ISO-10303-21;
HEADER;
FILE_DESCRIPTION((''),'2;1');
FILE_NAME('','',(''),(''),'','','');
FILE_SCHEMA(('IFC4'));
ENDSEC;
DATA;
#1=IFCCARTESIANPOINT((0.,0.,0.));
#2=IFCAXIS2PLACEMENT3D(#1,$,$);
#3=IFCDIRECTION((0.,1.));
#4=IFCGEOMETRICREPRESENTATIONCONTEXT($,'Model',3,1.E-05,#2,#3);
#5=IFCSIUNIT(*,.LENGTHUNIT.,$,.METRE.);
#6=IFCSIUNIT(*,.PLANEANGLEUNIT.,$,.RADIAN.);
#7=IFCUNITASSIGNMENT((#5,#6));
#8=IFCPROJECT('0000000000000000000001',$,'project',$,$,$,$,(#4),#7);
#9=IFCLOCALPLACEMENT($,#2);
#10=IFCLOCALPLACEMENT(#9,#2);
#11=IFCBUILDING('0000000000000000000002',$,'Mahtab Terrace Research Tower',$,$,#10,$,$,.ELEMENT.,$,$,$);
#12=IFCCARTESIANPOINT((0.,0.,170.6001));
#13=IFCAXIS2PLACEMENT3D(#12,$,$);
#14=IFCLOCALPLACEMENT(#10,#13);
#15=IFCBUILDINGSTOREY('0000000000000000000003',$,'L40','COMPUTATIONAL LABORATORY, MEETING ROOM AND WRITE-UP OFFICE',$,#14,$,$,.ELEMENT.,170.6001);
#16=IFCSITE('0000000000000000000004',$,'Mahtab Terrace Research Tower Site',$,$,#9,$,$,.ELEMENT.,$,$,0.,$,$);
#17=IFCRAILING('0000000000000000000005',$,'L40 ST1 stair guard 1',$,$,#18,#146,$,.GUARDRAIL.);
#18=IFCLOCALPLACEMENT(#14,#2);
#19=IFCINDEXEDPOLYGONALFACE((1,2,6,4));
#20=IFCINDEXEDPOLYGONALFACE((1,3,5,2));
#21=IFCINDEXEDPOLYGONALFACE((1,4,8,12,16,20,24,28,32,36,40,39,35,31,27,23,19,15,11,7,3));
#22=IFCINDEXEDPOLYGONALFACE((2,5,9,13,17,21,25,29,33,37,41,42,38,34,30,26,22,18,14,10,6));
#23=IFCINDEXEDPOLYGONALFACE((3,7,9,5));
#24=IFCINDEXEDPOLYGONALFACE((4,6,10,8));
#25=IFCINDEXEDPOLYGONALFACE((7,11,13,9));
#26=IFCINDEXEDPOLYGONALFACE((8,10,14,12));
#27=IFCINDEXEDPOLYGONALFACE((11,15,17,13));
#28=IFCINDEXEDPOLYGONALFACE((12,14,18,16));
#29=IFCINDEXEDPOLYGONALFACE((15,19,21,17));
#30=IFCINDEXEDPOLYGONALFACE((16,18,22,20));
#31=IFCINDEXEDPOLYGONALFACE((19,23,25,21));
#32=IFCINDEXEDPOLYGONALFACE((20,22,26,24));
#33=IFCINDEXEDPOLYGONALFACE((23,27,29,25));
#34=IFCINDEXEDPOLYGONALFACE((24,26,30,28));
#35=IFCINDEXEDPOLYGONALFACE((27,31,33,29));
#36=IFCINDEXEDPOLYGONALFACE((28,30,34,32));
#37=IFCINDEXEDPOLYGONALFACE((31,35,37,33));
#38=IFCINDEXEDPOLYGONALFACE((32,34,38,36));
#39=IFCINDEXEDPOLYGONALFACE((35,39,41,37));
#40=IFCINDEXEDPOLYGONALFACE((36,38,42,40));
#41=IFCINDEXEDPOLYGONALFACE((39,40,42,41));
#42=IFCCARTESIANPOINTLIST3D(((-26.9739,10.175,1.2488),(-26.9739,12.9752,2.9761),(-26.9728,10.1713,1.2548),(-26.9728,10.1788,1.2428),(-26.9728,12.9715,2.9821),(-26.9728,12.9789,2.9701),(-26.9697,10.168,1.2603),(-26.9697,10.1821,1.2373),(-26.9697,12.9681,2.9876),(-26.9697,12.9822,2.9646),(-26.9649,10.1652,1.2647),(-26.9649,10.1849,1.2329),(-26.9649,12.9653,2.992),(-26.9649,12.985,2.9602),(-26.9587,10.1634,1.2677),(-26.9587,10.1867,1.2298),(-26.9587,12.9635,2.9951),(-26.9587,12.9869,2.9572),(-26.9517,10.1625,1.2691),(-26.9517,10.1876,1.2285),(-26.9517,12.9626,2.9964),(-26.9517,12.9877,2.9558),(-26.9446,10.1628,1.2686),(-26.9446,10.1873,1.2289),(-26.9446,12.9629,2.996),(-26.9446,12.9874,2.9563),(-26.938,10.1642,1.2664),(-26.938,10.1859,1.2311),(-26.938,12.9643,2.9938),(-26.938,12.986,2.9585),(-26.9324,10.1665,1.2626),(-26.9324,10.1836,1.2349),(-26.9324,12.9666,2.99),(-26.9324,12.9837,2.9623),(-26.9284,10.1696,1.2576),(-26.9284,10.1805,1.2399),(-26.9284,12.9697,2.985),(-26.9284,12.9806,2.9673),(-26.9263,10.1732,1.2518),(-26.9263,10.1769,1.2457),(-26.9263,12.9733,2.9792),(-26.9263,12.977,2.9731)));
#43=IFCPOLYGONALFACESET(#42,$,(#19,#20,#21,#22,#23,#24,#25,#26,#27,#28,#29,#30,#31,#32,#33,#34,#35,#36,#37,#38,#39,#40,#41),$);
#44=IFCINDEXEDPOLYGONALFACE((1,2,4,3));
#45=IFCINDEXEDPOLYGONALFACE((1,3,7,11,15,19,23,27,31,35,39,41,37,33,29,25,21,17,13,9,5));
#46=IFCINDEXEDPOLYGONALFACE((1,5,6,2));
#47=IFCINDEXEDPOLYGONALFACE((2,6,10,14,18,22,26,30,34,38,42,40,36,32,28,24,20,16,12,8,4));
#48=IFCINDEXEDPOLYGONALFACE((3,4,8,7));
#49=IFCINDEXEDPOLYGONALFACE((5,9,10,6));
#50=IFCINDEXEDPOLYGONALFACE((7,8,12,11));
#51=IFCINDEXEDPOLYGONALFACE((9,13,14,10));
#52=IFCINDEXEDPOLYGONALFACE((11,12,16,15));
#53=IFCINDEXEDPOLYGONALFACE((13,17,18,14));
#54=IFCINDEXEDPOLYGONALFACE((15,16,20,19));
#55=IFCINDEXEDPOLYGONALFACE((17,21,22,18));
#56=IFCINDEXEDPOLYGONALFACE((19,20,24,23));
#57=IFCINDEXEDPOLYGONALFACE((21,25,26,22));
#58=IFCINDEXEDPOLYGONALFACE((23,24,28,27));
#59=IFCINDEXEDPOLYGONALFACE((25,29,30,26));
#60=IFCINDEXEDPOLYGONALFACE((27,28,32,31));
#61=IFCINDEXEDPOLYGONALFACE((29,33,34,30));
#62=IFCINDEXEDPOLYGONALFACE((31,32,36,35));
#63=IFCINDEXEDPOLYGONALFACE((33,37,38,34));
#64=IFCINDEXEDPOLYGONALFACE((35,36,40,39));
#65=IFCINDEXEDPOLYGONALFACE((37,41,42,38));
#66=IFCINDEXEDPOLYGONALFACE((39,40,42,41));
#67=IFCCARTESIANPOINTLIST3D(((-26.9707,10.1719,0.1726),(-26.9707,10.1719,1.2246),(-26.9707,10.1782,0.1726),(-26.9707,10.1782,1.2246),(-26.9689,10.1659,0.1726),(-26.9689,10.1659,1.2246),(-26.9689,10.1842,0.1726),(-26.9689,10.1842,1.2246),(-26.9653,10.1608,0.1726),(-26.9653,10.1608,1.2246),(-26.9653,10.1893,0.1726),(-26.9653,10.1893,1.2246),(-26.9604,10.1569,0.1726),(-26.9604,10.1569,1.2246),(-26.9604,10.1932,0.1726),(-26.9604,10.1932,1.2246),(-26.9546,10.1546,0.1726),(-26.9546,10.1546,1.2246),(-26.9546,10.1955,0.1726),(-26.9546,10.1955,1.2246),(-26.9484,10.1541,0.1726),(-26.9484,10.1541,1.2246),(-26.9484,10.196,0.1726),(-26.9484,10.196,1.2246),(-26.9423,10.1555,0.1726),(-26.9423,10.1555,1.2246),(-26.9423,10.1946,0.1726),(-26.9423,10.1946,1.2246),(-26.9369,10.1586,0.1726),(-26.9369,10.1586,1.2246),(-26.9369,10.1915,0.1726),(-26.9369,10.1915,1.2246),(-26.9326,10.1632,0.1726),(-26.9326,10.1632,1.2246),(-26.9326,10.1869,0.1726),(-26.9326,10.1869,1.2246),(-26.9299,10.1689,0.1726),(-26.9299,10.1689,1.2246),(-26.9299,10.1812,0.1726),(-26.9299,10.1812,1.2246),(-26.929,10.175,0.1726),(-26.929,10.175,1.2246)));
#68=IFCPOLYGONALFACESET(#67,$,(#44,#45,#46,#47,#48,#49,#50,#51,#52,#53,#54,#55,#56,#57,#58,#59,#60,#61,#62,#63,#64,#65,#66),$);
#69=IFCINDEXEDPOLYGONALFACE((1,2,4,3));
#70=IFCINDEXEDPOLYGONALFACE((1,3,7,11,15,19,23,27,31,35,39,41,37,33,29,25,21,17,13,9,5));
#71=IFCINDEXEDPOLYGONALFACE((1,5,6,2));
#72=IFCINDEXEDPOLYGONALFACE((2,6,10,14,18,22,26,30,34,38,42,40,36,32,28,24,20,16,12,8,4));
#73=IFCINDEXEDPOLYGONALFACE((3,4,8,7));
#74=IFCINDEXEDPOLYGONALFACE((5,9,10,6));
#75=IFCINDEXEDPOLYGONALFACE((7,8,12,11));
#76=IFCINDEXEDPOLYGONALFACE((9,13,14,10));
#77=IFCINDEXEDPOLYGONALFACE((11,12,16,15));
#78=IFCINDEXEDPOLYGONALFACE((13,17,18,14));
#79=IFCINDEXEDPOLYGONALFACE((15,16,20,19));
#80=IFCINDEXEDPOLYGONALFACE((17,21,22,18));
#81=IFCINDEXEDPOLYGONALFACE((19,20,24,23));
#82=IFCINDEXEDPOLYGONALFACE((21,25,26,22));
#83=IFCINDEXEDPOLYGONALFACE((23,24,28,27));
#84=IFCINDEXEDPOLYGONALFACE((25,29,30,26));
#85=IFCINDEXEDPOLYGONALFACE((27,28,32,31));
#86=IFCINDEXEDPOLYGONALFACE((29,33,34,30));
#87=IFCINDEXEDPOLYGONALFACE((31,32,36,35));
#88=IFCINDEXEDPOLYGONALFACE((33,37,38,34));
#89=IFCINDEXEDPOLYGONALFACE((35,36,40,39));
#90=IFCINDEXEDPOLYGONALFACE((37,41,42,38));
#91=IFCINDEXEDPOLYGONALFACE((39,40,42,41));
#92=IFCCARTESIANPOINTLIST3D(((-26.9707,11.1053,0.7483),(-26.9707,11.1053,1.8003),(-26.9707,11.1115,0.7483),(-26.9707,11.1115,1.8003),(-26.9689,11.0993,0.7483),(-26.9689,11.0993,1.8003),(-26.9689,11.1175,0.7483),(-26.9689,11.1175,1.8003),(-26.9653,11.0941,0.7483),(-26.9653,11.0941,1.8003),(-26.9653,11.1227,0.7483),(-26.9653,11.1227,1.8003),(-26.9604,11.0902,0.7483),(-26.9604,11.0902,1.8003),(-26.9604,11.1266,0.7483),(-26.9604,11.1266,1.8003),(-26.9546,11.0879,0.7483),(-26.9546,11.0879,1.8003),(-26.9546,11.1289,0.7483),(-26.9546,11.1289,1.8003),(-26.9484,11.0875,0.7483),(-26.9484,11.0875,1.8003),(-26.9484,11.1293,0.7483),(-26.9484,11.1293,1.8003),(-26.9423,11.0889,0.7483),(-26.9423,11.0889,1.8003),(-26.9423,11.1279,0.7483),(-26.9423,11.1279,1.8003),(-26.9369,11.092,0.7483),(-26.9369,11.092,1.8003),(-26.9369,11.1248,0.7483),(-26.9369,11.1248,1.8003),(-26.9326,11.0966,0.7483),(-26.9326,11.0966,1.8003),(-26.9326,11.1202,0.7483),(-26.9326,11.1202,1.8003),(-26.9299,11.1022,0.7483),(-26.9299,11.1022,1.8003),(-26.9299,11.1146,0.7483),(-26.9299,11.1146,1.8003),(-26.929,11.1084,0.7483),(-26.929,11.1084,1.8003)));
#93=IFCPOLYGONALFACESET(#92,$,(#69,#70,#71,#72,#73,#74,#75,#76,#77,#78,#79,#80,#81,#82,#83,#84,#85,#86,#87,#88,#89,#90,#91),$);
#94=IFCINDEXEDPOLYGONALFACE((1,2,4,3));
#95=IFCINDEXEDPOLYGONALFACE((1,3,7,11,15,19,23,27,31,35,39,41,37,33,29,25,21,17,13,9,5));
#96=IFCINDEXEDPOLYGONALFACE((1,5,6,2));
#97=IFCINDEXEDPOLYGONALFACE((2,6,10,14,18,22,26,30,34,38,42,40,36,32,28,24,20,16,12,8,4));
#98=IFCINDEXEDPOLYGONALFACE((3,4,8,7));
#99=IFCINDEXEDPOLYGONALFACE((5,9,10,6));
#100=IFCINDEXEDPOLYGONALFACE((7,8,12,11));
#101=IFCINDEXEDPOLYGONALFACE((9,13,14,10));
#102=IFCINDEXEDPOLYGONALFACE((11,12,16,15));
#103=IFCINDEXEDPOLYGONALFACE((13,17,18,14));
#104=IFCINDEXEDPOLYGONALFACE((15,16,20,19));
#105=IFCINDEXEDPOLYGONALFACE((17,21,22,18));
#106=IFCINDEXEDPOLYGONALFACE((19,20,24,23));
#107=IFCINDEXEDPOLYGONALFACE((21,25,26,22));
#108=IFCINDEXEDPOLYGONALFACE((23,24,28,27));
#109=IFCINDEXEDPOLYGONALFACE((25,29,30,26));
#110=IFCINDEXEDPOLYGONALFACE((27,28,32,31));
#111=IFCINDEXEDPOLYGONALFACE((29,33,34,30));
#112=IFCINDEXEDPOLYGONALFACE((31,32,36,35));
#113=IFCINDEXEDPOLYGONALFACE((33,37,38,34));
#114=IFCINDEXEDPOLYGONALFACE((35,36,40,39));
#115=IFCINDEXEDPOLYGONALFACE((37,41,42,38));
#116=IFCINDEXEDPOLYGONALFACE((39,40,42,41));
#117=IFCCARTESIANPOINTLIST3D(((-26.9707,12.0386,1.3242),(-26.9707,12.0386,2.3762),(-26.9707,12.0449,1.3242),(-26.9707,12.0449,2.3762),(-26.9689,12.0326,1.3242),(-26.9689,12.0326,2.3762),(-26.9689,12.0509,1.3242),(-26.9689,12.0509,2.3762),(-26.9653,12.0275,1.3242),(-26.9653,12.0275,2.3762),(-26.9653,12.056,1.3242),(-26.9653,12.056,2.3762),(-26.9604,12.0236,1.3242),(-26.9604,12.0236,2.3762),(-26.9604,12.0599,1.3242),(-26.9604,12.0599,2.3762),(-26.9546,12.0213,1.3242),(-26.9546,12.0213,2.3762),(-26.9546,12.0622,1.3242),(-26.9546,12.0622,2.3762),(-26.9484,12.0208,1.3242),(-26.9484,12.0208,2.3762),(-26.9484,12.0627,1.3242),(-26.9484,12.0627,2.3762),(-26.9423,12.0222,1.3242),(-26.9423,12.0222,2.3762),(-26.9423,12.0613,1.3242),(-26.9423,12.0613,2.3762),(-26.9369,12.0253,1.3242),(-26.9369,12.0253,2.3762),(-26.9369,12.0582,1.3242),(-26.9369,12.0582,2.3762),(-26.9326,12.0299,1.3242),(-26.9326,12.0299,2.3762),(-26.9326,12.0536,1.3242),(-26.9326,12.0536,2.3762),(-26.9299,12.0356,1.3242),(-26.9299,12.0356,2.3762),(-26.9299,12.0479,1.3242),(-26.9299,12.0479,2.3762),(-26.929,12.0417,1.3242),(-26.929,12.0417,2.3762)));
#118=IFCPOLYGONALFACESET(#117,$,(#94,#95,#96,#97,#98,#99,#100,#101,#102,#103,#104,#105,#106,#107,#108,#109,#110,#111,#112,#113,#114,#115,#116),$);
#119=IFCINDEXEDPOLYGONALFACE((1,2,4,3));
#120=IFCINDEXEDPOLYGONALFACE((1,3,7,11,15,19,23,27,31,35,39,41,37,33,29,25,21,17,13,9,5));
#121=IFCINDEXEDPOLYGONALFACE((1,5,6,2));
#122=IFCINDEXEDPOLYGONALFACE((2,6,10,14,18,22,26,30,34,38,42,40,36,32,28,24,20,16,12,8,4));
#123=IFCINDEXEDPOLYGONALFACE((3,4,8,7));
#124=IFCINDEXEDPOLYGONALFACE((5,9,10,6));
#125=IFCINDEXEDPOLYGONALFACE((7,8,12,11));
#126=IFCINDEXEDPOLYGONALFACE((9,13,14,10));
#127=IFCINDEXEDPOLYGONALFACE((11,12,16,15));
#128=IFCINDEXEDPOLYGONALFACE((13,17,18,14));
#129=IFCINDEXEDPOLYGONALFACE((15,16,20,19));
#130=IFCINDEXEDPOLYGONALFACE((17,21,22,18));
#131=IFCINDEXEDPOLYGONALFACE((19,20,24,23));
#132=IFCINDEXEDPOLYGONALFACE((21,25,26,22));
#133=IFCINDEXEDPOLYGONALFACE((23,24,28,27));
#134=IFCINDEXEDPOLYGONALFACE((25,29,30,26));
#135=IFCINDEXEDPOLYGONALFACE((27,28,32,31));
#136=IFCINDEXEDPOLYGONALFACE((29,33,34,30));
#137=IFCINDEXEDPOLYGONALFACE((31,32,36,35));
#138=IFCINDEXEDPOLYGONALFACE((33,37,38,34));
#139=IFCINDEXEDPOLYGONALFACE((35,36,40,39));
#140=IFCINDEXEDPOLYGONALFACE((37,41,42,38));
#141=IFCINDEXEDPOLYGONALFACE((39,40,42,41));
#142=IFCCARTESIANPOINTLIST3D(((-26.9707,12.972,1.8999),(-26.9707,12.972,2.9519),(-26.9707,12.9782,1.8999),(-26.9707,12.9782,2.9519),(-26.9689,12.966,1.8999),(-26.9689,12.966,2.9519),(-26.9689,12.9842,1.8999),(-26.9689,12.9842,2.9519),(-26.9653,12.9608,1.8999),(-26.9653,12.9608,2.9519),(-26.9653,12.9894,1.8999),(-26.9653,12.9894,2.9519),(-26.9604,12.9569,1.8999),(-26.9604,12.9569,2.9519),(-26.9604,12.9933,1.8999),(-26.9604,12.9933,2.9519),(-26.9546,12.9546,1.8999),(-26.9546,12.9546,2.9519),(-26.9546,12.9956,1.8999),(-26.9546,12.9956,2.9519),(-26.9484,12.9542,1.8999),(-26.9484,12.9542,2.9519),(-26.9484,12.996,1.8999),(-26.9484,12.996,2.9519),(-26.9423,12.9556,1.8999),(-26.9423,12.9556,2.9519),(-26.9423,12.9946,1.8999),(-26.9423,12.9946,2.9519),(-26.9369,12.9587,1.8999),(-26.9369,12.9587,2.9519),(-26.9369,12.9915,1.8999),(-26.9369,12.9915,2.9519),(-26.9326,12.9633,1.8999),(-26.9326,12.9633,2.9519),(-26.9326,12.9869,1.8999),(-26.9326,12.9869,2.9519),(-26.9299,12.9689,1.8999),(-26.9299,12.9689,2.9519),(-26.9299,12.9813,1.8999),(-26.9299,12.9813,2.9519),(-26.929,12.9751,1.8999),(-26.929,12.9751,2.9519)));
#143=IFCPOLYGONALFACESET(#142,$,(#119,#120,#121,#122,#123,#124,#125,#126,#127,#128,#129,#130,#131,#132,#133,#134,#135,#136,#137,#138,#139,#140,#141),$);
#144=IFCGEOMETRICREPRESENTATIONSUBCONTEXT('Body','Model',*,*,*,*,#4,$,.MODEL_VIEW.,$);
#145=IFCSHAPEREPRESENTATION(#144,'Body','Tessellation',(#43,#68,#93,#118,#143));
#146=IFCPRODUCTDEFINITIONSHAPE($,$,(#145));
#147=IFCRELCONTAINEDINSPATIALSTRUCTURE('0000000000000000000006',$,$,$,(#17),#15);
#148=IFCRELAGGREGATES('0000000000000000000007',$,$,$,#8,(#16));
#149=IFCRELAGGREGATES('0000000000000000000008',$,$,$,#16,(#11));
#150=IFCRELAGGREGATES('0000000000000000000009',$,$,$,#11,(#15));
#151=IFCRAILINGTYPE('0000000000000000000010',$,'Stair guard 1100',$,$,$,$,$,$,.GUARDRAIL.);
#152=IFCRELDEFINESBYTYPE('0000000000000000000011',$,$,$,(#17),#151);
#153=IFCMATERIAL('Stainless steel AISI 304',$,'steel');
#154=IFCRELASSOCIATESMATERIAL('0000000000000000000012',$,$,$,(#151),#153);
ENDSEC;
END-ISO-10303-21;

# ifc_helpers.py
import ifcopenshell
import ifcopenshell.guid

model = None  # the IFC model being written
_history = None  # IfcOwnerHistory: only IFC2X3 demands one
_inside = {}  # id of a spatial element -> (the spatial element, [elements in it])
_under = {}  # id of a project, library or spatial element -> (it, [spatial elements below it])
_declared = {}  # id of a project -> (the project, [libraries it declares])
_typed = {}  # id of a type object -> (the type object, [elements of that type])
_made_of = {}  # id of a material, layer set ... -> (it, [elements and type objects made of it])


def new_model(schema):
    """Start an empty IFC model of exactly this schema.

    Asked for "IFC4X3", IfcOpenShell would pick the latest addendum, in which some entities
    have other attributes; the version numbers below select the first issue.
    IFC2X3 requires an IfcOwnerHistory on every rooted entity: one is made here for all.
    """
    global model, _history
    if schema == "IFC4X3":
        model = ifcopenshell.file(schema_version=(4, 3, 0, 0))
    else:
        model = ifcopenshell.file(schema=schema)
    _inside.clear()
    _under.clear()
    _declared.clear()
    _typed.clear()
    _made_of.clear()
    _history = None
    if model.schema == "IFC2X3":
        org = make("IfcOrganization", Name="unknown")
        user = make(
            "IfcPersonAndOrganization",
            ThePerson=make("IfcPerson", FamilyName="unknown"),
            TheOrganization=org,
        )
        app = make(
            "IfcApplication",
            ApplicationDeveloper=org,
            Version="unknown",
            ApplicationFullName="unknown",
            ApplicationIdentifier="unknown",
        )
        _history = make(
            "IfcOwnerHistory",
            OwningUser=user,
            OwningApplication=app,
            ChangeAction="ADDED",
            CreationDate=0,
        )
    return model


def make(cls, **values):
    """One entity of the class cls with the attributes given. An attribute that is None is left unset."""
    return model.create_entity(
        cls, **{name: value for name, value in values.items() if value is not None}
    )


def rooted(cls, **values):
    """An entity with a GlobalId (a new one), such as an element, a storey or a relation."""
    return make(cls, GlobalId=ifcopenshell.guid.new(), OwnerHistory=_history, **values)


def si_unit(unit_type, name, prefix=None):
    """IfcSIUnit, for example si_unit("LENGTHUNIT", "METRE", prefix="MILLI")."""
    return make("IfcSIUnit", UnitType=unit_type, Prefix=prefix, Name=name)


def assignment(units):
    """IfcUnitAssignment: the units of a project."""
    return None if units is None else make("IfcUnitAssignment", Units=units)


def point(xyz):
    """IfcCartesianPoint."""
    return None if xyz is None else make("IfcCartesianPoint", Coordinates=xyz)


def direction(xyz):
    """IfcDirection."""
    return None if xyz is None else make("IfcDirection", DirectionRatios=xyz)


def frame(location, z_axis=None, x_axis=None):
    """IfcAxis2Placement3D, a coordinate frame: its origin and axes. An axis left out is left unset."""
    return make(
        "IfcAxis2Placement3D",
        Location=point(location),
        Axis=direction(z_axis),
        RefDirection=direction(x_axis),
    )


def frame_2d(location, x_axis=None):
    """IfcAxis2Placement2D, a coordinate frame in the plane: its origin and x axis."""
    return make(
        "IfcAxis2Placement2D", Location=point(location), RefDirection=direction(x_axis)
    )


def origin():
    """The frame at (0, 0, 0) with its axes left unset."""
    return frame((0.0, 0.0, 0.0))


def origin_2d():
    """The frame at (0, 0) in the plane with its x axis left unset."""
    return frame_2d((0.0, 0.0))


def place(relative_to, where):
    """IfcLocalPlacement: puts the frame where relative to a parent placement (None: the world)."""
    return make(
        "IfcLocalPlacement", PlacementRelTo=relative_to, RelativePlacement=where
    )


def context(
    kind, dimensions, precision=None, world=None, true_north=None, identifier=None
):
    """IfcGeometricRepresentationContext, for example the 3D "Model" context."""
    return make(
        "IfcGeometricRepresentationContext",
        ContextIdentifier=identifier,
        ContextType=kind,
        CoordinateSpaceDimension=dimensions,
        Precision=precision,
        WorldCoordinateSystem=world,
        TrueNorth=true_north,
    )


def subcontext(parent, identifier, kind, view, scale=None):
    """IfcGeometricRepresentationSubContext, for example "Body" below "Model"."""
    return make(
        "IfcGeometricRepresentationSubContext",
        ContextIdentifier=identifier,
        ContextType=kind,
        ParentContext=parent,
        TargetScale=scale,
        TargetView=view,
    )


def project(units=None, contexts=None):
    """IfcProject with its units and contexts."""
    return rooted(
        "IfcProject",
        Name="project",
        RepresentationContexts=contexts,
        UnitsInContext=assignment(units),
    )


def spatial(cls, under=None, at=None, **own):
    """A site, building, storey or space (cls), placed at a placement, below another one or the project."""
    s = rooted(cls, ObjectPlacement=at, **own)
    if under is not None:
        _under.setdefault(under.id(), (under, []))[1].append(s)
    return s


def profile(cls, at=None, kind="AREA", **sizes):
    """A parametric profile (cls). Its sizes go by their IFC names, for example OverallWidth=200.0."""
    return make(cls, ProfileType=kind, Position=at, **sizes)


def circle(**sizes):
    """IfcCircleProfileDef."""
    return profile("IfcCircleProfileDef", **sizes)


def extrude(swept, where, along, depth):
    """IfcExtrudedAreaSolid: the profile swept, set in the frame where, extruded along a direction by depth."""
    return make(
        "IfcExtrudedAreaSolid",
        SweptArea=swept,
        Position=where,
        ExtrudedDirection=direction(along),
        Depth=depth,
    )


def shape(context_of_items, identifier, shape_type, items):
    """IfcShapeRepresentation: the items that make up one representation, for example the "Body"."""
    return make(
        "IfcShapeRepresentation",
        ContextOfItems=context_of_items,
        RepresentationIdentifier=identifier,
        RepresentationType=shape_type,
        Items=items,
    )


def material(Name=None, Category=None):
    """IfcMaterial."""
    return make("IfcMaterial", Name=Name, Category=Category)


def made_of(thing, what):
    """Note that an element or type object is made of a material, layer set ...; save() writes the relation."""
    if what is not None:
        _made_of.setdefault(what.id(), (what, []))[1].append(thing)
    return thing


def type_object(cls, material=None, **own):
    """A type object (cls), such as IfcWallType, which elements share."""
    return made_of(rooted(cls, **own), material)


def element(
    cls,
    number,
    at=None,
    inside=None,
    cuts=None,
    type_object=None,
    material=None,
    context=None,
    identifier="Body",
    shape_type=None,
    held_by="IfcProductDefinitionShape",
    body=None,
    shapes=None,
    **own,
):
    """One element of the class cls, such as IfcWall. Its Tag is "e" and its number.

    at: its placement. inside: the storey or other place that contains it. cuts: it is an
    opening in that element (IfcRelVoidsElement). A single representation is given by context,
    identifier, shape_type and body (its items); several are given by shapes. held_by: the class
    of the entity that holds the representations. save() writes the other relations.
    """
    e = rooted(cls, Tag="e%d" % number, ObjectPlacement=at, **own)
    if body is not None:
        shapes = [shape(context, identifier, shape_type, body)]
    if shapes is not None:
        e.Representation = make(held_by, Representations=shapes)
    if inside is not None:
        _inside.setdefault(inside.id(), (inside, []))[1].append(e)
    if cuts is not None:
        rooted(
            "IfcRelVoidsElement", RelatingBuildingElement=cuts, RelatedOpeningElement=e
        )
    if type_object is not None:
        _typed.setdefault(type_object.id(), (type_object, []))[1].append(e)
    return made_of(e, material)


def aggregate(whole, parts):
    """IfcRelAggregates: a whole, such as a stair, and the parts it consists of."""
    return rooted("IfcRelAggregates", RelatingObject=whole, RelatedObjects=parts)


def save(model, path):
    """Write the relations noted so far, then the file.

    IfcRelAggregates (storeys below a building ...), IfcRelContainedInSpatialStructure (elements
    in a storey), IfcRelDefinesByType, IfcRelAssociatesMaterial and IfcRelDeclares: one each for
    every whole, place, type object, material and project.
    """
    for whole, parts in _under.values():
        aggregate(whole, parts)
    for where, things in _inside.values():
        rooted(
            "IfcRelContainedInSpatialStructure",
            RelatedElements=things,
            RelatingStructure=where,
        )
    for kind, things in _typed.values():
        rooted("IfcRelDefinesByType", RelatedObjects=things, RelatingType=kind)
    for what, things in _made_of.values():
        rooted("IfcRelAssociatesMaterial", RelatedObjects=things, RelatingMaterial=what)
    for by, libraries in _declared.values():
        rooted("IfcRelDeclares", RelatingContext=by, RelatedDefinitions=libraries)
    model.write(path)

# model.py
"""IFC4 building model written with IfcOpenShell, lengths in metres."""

from ifc_helpers import new_model, si_unit, direction, frame, origin, origin_2d, place, context, subcontext, project, spatial, circle, extrude, material, type_object, element, save


model = new_model("IFC4")

# Units and contexts
model_context = context("Model", 3, precision=1e-05, world=origin(), true_north=direction((0.0, 1.0)))
body_context = subcontext(model_context, "Body", "Model", "MODEL_VIEW")
ifc_project = project(units=[si_unit("LENGTHUNIT", "METRE"), si_unit("PLANEANGLEUNIT", "RADIAN")], contexts=[model_context])

# Site, building, storey
site_placement = place(None, origin())
site = spatial("IfcSite", under=ifc_project, at=site_placement, Name="Mahtab Terrace Research Tower Site", CompositionType="ELEMENT", RefElevation=0.0)
building_placement = place(site_placement, origin())
building = spatial("IfcBuilding", under=site, at=building_placement, Name="Mahtab Terrace Research Tower", CompositionType="ELEMENT")
storey_placement = place(building_placement, frame((0.0, 0.0, 170.6001)))
storey = spatial("IfcBuildingStorey", under=building, at=storey_placement, Name="L40", Description="COMPUTATIONAL LABORATORY, MEETING ROOM AND WRITE-UP OFFICE", CompositionType="ELEMENT", Elevation=170.6001)

# Railing
ifc_material_1 = material(Name="Stainless steel AISI 304", Category="steel")
railing_type_1 = type_object("IfcRailingType", Name="Stair guard 1100", PredefinedType="GUARDRAIL", material=ifc_material_1)
railing_1_placement = place(storey_placement, frame((-26.95, 10.175, 0.1726)))
element("IfcRailing", 1, at=railing_1_placement, inside=storey, type_object=railing_type_1, Name="L40 ST1 stair guard 1", PredefinedType="GUARDRAIL", context=body_context, shape_type="SweptSolid", body=[
    extrude(circle(Radius=0.0239, at=origin_2d()), frame((0.0, 0.0, 1.0762), z_axis=(0.0, 0.85109, 0.52502), x_axis=(-1.0, 0.0, 0.0)), (0.0, 0.0, 1.0), 3.29),
    extrude(circle(Radius=0.021, at=origin_2d()), origin(), (0.0, 0.0, 1.0), 1.052),
    extrude(circle(Radius=0.021, at=origin_2d()), frame((0.0, 0.9333, 0.5757)), (0.0, 0.0, 1.0), 1.052),
    extrude(circle(Radius=0.021, at=origin_2d()), frame((0.0, 1.8667, 1.1516)), (0.0, 0.0, 1.0), 1.052),
    extrude(circle(Radius=0.021, at=origin_2d()), frame((0.0, 2.8, 1.7273)), (0.0, 0.0, 1.0), 1.052),
])

save(model, "model.ifc")
